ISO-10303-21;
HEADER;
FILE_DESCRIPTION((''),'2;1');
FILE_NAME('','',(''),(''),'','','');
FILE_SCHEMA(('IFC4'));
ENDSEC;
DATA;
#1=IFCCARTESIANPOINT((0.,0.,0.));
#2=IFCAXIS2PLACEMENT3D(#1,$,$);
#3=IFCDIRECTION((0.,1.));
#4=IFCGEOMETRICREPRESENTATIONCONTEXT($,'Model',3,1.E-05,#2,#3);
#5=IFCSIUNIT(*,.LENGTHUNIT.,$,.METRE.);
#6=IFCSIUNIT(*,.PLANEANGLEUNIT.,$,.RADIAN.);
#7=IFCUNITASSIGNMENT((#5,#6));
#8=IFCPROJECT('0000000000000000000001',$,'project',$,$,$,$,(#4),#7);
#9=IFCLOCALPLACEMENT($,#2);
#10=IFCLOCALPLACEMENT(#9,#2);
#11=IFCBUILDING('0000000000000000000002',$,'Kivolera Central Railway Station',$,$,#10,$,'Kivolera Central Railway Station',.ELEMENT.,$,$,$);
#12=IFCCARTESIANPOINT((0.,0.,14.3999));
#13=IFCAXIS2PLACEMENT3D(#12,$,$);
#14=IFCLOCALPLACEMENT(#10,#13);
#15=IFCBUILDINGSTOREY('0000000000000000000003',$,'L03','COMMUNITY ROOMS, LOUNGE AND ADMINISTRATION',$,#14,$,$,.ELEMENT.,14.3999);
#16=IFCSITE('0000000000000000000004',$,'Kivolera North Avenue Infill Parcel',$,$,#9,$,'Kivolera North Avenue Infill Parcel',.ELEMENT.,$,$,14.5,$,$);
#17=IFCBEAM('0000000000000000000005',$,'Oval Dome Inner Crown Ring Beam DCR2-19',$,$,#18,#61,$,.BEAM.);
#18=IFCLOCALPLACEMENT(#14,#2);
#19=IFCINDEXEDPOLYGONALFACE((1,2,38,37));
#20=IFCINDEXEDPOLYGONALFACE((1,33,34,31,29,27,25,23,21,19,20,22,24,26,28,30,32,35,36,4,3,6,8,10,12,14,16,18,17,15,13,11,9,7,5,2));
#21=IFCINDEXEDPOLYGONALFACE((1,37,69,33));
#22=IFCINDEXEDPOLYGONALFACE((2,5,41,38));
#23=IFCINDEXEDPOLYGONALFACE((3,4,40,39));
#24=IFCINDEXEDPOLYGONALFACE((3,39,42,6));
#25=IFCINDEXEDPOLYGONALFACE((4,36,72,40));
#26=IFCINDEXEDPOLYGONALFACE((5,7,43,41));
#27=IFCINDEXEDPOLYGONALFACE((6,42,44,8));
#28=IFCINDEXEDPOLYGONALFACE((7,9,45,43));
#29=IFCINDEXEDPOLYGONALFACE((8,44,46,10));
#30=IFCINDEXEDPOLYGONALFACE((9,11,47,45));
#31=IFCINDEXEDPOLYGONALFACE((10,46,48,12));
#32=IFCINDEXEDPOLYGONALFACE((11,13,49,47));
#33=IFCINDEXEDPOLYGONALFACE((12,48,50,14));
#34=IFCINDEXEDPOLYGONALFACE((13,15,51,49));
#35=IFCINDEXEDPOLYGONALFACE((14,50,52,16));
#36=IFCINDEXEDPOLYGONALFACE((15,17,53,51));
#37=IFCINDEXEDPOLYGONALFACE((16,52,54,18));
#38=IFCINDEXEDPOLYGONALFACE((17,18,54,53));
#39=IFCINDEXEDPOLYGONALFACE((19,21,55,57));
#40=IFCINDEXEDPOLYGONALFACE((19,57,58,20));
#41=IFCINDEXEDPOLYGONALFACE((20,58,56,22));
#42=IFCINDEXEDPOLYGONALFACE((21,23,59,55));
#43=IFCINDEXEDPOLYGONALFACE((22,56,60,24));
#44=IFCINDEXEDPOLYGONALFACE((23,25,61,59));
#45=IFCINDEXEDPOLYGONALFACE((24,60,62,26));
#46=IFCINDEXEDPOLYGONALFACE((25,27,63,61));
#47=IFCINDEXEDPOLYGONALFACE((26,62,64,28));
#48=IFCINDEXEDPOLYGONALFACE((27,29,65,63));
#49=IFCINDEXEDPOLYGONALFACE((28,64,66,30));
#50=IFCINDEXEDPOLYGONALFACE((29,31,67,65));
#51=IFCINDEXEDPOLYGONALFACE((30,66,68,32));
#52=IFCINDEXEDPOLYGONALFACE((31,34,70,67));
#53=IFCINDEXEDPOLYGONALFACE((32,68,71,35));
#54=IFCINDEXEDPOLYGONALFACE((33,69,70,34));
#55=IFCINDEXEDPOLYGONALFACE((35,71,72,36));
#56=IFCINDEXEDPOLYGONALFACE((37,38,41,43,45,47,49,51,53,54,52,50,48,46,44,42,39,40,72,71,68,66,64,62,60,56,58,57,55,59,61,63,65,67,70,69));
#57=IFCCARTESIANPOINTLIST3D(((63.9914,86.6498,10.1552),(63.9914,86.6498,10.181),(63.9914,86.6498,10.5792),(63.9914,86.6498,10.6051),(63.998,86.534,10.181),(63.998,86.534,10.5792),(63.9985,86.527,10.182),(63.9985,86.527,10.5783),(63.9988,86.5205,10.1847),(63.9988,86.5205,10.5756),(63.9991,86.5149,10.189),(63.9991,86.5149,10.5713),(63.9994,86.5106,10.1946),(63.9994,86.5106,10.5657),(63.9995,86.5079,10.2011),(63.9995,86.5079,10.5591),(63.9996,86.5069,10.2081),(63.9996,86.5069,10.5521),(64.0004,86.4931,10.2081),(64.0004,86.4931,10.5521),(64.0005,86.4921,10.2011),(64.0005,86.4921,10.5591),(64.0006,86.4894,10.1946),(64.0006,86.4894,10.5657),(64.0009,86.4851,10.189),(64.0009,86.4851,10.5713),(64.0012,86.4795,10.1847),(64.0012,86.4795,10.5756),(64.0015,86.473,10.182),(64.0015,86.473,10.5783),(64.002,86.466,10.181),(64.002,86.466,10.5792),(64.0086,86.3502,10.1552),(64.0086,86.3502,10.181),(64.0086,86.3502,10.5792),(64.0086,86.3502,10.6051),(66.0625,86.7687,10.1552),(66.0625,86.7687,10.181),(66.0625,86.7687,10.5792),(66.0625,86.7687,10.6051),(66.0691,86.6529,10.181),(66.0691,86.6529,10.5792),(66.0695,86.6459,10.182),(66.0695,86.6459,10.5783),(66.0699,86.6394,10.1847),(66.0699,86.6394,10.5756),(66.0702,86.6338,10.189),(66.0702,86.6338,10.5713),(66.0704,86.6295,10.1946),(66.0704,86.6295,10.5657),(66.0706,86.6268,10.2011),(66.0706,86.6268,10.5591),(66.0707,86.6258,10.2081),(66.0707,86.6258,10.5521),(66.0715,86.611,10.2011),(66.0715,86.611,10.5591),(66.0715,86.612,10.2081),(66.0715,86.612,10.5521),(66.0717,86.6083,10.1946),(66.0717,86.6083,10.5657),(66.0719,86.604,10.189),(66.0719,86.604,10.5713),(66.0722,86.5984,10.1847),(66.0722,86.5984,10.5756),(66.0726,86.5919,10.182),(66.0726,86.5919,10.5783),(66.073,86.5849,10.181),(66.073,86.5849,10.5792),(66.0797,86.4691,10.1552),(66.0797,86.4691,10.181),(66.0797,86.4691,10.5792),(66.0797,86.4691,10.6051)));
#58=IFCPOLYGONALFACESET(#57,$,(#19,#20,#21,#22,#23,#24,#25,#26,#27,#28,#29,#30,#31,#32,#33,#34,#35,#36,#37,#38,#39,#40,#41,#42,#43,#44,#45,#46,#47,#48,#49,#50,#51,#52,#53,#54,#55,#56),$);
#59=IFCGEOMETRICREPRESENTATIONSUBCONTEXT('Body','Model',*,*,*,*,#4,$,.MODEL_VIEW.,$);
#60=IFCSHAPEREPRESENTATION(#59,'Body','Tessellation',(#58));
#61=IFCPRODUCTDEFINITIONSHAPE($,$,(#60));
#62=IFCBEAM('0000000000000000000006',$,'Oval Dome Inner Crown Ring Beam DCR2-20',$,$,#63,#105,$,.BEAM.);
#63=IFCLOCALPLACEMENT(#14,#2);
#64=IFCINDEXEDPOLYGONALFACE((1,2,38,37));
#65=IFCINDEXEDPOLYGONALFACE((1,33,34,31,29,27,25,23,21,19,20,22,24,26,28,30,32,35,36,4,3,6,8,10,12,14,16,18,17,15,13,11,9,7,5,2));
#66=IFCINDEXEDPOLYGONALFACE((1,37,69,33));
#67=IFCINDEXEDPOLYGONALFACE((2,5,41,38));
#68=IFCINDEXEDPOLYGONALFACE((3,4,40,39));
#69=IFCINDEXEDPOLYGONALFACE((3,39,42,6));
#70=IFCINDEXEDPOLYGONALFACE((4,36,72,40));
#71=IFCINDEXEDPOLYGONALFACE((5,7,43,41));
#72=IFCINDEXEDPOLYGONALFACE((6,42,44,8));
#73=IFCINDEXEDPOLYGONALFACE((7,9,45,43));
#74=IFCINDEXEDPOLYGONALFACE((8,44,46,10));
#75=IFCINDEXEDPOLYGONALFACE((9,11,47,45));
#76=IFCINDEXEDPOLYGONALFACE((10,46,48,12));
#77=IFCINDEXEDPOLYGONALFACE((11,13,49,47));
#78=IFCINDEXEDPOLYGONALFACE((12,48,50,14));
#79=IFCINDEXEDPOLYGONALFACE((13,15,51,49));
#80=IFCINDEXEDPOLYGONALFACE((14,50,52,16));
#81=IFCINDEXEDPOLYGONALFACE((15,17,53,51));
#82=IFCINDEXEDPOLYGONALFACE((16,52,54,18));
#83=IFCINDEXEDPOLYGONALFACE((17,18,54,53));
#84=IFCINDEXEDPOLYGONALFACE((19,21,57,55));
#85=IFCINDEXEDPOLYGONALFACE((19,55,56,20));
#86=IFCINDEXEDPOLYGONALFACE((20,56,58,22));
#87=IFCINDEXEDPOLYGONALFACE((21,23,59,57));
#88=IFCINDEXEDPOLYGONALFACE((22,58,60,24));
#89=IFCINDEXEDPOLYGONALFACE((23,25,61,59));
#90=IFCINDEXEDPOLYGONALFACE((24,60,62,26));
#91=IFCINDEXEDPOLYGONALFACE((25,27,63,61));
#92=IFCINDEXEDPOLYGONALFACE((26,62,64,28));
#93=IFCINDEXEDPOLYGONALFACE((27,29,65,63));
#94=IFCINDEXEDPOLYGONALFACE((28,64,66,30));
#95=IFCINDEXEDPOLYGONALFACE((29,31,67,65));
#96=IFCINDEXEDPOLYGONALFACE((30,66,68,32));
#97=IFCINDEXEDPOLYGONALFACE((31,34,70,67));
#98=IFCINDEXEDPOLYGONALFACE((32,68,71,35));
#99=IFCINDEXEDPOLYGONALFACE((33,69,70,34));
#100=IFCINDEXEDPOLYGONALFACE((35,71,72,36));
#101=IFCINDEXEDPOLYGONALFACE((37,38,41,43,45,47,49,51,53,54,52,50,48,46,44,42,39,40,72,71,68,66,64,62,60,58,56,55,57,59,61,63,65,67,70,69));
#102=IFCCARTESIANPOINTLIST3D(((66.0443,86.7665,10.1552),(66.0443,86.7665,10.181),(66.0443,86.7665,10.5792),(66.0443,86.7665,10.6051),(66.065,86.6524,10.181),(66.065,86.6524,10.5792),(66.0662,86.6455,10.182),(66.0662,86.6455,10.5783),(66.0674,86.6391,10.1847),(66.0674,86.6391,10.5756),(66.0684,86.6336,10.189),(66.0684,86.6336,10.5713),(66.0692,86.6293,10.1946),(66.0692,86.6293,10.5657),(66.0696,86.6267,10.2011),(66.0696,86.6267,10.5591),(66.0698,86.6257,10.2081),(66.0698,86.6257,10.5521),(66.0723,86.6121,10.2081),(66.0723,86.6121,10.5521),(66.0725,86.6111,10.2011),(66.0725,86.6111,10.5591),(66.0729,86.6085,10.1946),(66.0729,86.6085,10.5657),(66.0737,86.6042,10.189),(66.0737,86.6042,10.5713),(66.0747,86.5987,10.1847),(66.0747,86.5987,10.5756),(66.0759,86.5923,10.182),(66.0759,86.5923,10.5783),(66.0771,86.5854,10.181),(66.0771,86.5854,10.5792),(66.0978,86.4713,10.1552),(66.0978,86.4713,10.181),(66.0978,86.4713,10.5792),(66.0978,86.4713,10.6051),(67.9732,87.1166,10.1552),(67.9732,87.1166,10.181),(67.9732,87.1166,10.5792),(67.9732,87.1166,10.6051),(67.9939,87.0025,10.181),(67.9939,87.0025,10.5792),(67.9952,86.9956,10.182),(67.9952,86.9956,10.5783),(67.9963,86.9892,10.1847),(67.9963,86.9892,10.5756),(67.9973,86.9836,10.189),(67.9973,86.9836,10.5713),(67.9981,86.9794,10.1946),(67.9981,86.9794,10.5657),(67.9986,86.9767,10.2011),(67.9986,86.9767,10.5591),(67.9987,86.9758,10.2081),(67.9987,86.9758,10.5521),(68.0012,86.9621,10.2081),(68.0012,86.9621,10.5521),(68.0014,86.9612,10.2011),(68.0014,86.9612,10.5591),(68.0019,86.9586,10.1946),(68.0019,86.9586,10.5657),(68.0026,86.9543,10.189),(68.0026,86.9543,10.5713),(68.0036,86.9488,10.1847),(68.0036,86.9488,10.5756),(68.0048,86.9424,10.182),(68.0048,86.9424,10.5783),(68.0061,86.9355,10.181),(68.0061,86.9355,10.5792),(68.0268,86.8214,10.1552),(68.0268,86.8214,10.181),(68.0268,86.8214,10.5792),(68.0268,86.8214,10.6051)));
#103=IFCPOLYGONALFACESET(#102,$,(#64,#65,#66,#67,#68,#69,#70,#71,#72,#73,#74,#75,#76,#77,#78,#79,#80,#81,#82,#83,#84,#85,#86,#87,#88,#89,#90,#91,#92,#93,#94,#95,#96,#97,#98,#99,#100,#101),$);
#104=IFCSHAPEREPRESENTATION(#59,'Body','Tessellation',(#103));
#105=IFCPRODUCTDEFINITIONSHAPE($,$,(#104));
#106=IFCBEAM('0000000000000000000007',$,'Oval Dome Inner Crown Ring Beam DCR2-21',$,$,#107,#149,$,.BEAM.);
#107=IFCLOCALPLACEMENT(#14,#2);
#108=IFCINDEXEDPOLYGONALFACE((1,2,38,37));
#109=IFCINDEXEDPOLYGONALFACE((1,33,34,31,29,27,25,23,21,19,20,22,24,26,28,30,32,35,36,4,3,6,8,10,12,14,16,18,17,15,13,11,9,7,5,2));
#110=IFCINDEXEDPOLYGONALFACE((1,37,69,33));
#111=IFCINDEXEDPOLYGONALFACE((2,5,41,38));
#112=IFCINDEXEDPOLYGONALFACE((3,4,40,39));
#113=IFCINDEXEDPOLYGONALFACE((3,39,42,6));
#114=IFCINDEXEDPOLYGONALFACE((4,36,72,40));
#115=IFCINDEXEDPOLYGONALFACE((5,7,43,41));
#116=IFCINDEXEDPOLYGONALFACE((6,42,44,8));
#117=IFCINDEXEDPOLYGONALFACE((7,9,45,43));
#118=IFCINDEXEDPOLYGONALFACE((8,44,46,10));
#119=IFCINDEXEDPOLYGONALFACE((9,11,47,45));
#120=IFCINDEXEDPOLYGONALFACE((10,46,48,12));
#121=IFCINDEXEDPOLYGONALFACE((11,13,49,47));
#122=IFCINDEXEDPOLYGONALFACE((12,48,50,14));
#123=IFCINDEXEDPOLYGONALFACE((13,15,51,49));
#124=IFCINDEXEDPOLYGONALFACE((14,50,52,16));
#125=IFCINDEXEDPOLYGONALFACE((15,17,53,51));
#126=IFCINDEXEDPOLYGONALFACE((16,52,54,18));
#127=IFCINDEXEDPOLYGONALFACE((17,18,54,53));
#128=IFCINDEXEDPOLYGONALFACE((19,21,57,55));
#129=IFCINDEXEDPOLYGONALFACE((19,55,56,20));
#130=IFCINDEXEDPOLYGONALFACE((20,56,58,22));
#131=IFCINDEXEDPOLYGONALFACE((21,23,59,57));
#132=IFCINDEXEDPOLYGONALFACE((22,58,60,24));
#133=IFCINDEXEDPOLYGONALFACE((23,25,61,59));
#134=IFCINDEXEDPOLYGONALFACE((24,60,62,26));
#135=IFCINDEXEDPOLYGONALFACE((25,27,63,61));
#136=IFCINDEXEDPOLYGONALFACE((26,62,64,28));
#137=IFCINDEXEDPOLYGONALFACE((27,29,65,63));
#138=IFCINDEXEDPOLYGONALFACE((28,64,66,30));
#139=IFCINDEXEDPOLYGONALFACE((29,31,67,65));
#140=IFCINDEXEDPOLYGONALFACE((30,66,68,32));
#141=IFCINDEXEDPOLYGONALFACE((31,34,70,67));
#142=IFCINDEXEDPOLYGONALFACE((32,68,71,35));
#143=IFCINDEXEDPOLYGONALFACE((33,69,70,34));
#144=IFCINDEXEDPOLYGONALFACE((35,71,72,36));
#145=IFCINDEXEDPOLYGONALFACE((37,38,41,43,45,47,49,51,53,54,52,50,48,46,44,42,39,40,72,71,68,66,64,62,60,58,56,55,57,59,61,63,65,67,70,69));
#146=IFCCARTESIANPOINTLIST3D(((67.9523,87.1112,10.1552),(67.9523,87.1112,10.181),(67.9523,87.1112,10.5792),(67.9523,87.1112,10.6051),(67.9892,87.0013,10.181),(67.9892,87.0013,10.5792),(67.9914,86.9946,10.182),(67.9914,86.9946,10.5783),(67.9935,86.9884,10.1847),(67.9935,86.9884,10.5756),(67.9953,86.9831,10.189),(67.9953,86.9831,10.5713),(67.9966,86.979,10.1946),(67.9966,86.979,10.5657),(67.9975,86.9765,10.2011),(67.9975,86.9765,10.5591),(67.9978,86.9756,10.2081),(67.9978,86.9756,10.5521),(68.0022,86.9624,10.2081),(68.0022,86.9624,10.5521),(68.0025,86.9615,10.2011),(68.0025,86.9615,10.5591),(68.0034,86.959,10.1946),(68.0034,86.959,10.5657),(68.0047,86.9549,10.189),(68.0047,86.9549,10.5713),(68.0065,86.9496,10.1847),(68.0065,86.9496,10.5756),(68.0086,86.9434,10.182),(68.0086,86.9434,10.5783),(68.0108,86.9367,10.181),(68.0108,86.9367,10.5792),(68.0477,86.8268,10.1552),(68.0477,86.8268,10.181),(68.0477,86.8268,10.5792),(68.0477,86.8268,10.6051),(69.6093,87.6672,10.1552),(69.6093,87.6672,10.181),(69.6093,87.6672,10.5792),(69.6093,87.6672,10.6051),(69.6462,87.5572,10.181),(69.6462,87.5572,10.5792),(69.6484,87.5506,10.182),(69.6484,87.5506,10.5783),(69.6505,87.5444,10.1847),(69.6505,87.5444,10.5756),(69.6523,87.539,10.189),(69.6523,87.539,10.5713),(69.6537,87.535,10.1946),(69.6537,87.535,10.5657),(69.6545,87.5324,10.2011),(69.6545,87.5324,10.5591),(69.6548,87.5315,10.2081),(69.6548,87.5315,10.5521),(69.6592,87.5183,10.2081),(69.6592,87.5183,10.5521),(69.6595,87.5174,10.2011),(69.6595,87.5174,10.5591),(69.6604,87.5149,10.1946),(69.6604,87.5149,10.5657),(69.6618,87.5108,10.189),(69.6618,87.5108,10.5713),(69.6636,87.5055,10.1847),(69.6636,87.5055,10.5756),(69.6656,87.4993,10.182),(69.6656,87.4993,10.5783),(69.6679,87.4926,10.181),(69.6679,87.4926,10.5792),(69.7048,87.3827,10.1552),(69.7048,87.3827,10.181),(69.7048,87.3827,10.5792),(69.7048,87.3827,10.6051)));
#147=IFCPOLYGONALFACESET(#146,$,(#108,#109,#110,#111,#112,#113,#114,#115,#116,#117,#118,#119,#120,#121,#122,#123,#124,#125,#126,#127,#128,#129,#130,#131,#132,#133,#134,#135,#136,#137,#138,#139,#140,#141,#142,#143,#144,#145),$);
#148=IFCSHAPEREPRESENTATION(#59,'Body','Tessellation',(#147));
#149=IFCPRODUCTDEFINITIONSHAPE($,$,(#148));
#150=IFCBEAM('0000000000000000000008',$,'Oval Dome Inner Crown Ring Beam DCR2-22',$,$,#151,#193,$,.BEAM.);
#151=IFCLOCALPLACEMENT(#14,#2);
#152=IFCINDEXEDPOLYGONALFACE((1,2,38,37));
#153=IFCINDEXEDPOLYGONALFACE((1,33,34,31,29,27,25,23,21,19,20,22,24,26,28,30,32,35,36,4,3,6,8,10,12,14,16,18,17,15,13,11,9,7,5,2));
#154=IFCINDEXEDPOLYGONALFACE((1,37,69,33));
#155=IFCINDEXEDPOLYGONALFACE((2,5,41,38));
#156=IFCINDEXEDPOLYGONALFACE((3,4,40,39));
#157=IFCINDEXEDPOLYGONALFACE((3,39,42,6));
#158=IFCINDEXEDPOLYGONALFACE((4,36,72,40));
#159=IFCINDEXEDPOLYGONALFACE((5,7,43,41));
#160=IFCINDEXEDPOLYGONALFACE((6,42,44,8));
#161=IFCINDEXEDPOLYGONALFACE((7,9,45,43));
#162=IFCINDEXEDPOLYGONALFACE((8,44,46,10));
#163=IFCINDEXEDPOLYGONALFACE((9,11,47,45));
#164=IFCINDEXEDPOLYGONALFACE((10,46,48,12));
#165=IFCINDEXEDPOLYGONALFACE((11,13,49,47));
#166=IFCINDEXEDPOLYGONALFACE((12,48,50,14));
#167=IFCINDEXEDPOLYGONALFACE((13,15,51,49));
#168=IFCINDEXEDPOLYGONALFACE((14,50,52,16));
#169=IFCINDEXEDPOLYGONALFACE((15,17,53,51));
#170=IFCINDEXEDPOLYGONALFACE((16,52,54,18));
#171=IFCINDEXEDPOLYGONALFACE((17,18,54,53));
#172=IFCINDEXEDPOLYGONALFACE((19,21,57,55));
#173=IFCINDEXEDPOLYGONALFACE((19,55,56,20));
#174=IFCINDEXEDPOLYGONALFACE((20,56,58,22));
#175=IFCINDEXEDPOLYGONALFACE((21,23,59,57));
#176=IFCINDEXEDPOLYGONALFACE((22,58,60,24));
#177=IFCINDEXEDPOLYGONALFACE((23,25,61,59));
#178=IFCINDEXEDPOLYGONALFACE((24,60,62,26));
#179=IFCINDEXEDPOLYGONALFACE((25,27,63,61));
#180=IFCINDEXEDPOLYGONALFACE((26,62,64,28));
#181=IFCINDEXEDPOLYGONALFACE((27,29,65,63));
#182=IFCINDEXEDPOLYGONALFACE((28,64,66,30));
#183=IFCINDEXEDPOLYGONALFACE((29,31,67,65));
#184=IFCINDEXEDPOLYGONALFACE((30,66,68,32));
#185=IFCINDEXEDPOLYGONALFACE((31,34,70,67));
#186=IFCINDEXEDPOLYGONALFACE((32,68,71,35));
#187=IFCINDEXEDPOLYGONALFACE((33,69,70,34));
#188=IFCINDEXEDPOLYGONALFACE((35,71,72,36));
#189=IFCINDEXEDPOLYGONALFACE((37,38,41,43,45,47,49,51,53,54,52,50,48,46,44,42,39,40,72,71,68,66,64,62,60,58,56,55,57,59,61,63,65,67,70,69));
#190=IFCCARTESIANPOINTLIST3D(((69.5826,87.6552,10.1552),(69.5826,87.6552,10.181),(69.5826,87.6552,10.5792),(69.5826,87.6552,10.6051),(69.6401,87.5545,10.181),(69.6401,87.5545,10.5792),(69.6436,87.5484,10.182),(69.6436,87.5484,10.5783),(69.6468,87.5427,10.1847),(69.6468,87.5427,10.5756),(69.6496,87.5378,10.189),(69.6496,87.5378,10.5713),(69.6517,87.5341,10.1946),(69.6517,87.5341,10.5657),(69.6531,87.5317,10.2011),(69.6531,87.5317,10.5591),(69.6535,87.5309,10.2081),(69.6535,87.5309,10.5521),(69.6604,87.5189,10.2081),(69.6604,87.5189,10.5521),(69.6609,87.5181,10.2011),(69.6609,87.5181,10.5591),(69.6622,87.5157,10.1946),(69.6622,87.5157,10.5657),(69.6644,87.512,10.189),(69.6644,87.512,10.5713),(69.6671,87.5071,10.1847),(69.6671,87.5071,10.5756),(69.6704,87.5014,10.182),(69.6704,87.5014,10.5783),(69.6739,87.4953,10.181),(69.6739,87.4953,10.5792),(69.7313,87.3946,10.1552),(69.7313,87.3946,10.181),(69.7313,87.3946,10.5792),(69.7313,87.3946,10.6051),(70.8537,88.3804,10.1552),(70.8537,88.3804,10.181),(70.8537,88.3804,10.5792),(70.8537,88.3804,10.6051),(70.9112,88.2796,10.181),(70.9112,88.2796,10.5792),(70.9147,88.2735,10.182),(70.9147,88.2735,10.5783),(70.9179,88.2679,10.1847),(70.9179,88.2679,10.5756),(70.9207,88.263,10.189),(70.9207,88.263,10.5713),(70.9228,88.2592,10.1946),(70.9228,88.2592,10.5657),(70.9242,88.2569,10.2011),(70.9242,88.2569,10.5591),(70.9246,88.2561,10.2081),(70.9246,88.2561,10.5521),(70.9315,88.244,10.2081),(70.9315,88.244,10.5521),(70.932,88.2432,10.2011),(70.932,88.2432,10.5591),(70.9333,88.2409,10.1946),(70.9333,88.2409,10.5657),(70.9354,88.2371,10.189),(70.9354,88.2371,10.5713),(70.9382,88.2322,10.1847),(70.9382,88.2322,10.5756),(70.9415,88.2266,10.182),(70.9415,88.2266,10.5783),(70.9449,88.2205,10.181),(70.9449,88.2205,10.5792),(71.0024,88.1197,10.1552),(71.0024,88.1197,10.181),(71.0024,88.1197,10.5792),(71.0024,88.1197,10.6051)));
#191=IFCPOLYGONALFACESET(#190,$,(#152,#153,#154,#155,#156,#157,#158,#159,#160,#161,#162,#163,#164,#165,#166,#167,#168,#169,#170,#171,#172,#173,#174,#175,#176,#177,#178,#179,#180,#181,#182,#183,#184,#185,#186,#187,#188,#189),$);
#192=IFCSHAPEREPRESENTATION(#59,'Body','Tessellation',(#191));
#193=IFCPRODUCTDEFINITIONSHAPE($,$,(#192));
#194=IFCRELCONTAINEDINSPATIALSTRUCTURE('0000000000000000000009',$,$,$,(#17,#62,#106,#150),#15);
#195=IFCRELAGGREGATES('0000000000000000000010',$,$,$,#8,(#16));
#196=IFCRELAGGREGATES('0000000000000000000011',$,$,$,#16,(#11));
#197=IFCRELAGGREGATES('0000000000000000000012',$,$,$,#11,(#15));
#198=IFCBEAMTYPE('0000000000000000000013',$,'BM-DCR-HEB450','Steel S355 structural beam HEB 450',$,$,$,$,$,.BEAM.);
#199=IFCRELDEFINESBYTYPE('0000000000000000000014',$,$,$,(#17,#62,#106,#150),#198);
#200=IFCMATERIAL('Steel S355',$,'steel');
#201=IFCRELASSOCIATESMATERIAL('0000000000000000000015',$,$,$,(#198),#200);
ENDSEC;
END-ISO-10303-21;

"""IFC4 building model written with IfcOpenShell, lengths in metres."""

from ifc_helpers import new_model, si_unit, direction, frame, origin, origin_2d, place, context, subcontext, project, spatial, i_section, extrude, material, material_profile, profile_set, type_object, element, save


model = new_model("IFC4")

# Units and contexts
model_context = context("Model", 3, precision=1e-05, world=origin(), true_north=direction((0.0, 1.0)))
body_context = subcontext(model_context, "Body", "Model", "MODEL_VIEW")
ifc_project = project(units=[si_unit("LENGTHUNIT", "METRE"), si_unit("PLANEANGLEUNIT", "RADIAN")], contexts=[model_context])

# Site, building, storey
site_placement = place(None, origin())
site = spatial("IfcSite", under=ifc_project, at=site_placement, Name="Kivolera North Avenue Infill Parcel", LongName="Kivolera North Avenue Infill Parcel", CompositionType="ELEMENT", RefElevation=14.5)
building_placement = place(site_placement, origin())
building = spatial("IfcBuilding", under=site, at=building_placement, Name="Kivolera Central Railway Station", LongName="Kivolera Central Railway Station", CompositionType="ELEMENT")
storey_placement = place(building_placement, frame((0.0, 0.0, 14.3999)))
storey = spatial("IfcBuildingStorey", under=building, at=storey_placement, Name="L03", Description="COMMUNITY ROOMS, LOUNGE AND ADMINISTRATION", CompositionType="ELEMENT", Elevation=14.3999)

# Beams
ifc_material_1 = material(Name="Steel S355", Category="steel")
ifc_material_profile_1 = material_profile(ifc_material_1, i_section(OverallWidth=0.3, OverallDepth=0.45, WebThickness=0.0139, FlangeThickness=0.0259, FilletRadius=0.0271, at=origin_2d()), Name="HEB 450")
ifc_profile_set_1 = profile_set([ifc_material_profile_1], Name="Steel S355")
beam_type = type_object("IfcBeamType", Name="BM-DCR-HEB450", Description="Steel S355 structural beam HEB 450", PredefinedType="BEAM", material=ifc_profile_set_1)
for number, where, z_axis, x_axis, name in (
    (1, (64.0, 86.5, 10.3801), (0.998356, 0.057315, 0.0), (-0.057315, 0.998356, 0.0), "Oval Dome Inner Crown Ring Beam DCR2-19"),
):
    element("IfcBeam", number, at=place(storey_placement, frame(where, z_axis=z_axis, x_axis=x_axis)), inside=storey, type_object=beam_type, Name=name, PredefinedType="BEAM", context=body_context, shape_type="SweptSolid", body=[
        extrude(i_section(OverallWidth=0.3, OverallDepth=0.45, WebThickness=0.0139, FlangeThickness=0.0259, FilletRadius=0.0271, at=origin_2d()), origin(), (0.0, 0.0, 1.0), 2.0745),
    ])
beam_1_placement = place(storey_placement, frame((66.071, 86.6189, 10.3801), z_axis=(0.983926, 0.178579, 0.0), x_axis=(-0.178579, 0.983926, 0.0)))
element("IfcBeam", 2, at=beam_1_placement, inside=storey, type_object=beam_type, Name="Oval Dome Inner Crown Ring Beam DCR2-20", PredefinedType="BEAM", context=body_context, shape_type="SweptSolid", body=[
    extrude(i_section(OverallWidth=0.3, OverallDepth=0.45, WebThickness=0.0139, FlangeThickness=0.0259, FilletRadius=0.0271, at=origin_2d()), origin(), (0.0, 0.0, 1.0), 1.9604),
])
beam_2_placement = place(storey_placement, frame((68.0, 86.969, 10.3801), z_axis=(0.948067, 0.318071, 0.0), x_axis=(-0.318071, 0.948067, 0.0)))
element("IfcBeam", 3, at=beam_2_placement, inside=storey, type_object=beam_type, Name="Oval Dome Inner Crown Ring Beam DCR2-21", PredefinedType="BEAM", context=body_context, shape_type="SweptSolid", body=[
    extrude(i_section(OverallWidth=0.3, OverallDepth=0.45, WebThickness=0.0139, FlangeThickness=0.0259, FilletRadius=0.0271, at=origin_2d()), origin(), (0.0, 0.0, 1.0), 1.7478),
])
beam_3_placement = place(storey_placement, frame((69.657, 87.5249, 10.3801), z_axis=(0.868592, 0.495528, 0.0), x_axis=(-0.495528, 0.868592, 0.0)))
element("IfcBeam", 4, at=beam_3_placement, inside=storey, type_object=beam_type, Name="Oval Dome Inner Crown Ring Beam DCR2-22", PredefinedType="BEAM", context=body_context, shape_type="SweptSolid", body=[
    extrude(i_section(OverallWidth=0.3, OverallDepth=0.45, WebThickness=0.0139, FlangeThickness=0.0259, FilletRadius=0.0271, at=origin_2d()), origin(), (0.0, 0.0, 1.0), 1.4634),
])

save(model, "model.ifc")
